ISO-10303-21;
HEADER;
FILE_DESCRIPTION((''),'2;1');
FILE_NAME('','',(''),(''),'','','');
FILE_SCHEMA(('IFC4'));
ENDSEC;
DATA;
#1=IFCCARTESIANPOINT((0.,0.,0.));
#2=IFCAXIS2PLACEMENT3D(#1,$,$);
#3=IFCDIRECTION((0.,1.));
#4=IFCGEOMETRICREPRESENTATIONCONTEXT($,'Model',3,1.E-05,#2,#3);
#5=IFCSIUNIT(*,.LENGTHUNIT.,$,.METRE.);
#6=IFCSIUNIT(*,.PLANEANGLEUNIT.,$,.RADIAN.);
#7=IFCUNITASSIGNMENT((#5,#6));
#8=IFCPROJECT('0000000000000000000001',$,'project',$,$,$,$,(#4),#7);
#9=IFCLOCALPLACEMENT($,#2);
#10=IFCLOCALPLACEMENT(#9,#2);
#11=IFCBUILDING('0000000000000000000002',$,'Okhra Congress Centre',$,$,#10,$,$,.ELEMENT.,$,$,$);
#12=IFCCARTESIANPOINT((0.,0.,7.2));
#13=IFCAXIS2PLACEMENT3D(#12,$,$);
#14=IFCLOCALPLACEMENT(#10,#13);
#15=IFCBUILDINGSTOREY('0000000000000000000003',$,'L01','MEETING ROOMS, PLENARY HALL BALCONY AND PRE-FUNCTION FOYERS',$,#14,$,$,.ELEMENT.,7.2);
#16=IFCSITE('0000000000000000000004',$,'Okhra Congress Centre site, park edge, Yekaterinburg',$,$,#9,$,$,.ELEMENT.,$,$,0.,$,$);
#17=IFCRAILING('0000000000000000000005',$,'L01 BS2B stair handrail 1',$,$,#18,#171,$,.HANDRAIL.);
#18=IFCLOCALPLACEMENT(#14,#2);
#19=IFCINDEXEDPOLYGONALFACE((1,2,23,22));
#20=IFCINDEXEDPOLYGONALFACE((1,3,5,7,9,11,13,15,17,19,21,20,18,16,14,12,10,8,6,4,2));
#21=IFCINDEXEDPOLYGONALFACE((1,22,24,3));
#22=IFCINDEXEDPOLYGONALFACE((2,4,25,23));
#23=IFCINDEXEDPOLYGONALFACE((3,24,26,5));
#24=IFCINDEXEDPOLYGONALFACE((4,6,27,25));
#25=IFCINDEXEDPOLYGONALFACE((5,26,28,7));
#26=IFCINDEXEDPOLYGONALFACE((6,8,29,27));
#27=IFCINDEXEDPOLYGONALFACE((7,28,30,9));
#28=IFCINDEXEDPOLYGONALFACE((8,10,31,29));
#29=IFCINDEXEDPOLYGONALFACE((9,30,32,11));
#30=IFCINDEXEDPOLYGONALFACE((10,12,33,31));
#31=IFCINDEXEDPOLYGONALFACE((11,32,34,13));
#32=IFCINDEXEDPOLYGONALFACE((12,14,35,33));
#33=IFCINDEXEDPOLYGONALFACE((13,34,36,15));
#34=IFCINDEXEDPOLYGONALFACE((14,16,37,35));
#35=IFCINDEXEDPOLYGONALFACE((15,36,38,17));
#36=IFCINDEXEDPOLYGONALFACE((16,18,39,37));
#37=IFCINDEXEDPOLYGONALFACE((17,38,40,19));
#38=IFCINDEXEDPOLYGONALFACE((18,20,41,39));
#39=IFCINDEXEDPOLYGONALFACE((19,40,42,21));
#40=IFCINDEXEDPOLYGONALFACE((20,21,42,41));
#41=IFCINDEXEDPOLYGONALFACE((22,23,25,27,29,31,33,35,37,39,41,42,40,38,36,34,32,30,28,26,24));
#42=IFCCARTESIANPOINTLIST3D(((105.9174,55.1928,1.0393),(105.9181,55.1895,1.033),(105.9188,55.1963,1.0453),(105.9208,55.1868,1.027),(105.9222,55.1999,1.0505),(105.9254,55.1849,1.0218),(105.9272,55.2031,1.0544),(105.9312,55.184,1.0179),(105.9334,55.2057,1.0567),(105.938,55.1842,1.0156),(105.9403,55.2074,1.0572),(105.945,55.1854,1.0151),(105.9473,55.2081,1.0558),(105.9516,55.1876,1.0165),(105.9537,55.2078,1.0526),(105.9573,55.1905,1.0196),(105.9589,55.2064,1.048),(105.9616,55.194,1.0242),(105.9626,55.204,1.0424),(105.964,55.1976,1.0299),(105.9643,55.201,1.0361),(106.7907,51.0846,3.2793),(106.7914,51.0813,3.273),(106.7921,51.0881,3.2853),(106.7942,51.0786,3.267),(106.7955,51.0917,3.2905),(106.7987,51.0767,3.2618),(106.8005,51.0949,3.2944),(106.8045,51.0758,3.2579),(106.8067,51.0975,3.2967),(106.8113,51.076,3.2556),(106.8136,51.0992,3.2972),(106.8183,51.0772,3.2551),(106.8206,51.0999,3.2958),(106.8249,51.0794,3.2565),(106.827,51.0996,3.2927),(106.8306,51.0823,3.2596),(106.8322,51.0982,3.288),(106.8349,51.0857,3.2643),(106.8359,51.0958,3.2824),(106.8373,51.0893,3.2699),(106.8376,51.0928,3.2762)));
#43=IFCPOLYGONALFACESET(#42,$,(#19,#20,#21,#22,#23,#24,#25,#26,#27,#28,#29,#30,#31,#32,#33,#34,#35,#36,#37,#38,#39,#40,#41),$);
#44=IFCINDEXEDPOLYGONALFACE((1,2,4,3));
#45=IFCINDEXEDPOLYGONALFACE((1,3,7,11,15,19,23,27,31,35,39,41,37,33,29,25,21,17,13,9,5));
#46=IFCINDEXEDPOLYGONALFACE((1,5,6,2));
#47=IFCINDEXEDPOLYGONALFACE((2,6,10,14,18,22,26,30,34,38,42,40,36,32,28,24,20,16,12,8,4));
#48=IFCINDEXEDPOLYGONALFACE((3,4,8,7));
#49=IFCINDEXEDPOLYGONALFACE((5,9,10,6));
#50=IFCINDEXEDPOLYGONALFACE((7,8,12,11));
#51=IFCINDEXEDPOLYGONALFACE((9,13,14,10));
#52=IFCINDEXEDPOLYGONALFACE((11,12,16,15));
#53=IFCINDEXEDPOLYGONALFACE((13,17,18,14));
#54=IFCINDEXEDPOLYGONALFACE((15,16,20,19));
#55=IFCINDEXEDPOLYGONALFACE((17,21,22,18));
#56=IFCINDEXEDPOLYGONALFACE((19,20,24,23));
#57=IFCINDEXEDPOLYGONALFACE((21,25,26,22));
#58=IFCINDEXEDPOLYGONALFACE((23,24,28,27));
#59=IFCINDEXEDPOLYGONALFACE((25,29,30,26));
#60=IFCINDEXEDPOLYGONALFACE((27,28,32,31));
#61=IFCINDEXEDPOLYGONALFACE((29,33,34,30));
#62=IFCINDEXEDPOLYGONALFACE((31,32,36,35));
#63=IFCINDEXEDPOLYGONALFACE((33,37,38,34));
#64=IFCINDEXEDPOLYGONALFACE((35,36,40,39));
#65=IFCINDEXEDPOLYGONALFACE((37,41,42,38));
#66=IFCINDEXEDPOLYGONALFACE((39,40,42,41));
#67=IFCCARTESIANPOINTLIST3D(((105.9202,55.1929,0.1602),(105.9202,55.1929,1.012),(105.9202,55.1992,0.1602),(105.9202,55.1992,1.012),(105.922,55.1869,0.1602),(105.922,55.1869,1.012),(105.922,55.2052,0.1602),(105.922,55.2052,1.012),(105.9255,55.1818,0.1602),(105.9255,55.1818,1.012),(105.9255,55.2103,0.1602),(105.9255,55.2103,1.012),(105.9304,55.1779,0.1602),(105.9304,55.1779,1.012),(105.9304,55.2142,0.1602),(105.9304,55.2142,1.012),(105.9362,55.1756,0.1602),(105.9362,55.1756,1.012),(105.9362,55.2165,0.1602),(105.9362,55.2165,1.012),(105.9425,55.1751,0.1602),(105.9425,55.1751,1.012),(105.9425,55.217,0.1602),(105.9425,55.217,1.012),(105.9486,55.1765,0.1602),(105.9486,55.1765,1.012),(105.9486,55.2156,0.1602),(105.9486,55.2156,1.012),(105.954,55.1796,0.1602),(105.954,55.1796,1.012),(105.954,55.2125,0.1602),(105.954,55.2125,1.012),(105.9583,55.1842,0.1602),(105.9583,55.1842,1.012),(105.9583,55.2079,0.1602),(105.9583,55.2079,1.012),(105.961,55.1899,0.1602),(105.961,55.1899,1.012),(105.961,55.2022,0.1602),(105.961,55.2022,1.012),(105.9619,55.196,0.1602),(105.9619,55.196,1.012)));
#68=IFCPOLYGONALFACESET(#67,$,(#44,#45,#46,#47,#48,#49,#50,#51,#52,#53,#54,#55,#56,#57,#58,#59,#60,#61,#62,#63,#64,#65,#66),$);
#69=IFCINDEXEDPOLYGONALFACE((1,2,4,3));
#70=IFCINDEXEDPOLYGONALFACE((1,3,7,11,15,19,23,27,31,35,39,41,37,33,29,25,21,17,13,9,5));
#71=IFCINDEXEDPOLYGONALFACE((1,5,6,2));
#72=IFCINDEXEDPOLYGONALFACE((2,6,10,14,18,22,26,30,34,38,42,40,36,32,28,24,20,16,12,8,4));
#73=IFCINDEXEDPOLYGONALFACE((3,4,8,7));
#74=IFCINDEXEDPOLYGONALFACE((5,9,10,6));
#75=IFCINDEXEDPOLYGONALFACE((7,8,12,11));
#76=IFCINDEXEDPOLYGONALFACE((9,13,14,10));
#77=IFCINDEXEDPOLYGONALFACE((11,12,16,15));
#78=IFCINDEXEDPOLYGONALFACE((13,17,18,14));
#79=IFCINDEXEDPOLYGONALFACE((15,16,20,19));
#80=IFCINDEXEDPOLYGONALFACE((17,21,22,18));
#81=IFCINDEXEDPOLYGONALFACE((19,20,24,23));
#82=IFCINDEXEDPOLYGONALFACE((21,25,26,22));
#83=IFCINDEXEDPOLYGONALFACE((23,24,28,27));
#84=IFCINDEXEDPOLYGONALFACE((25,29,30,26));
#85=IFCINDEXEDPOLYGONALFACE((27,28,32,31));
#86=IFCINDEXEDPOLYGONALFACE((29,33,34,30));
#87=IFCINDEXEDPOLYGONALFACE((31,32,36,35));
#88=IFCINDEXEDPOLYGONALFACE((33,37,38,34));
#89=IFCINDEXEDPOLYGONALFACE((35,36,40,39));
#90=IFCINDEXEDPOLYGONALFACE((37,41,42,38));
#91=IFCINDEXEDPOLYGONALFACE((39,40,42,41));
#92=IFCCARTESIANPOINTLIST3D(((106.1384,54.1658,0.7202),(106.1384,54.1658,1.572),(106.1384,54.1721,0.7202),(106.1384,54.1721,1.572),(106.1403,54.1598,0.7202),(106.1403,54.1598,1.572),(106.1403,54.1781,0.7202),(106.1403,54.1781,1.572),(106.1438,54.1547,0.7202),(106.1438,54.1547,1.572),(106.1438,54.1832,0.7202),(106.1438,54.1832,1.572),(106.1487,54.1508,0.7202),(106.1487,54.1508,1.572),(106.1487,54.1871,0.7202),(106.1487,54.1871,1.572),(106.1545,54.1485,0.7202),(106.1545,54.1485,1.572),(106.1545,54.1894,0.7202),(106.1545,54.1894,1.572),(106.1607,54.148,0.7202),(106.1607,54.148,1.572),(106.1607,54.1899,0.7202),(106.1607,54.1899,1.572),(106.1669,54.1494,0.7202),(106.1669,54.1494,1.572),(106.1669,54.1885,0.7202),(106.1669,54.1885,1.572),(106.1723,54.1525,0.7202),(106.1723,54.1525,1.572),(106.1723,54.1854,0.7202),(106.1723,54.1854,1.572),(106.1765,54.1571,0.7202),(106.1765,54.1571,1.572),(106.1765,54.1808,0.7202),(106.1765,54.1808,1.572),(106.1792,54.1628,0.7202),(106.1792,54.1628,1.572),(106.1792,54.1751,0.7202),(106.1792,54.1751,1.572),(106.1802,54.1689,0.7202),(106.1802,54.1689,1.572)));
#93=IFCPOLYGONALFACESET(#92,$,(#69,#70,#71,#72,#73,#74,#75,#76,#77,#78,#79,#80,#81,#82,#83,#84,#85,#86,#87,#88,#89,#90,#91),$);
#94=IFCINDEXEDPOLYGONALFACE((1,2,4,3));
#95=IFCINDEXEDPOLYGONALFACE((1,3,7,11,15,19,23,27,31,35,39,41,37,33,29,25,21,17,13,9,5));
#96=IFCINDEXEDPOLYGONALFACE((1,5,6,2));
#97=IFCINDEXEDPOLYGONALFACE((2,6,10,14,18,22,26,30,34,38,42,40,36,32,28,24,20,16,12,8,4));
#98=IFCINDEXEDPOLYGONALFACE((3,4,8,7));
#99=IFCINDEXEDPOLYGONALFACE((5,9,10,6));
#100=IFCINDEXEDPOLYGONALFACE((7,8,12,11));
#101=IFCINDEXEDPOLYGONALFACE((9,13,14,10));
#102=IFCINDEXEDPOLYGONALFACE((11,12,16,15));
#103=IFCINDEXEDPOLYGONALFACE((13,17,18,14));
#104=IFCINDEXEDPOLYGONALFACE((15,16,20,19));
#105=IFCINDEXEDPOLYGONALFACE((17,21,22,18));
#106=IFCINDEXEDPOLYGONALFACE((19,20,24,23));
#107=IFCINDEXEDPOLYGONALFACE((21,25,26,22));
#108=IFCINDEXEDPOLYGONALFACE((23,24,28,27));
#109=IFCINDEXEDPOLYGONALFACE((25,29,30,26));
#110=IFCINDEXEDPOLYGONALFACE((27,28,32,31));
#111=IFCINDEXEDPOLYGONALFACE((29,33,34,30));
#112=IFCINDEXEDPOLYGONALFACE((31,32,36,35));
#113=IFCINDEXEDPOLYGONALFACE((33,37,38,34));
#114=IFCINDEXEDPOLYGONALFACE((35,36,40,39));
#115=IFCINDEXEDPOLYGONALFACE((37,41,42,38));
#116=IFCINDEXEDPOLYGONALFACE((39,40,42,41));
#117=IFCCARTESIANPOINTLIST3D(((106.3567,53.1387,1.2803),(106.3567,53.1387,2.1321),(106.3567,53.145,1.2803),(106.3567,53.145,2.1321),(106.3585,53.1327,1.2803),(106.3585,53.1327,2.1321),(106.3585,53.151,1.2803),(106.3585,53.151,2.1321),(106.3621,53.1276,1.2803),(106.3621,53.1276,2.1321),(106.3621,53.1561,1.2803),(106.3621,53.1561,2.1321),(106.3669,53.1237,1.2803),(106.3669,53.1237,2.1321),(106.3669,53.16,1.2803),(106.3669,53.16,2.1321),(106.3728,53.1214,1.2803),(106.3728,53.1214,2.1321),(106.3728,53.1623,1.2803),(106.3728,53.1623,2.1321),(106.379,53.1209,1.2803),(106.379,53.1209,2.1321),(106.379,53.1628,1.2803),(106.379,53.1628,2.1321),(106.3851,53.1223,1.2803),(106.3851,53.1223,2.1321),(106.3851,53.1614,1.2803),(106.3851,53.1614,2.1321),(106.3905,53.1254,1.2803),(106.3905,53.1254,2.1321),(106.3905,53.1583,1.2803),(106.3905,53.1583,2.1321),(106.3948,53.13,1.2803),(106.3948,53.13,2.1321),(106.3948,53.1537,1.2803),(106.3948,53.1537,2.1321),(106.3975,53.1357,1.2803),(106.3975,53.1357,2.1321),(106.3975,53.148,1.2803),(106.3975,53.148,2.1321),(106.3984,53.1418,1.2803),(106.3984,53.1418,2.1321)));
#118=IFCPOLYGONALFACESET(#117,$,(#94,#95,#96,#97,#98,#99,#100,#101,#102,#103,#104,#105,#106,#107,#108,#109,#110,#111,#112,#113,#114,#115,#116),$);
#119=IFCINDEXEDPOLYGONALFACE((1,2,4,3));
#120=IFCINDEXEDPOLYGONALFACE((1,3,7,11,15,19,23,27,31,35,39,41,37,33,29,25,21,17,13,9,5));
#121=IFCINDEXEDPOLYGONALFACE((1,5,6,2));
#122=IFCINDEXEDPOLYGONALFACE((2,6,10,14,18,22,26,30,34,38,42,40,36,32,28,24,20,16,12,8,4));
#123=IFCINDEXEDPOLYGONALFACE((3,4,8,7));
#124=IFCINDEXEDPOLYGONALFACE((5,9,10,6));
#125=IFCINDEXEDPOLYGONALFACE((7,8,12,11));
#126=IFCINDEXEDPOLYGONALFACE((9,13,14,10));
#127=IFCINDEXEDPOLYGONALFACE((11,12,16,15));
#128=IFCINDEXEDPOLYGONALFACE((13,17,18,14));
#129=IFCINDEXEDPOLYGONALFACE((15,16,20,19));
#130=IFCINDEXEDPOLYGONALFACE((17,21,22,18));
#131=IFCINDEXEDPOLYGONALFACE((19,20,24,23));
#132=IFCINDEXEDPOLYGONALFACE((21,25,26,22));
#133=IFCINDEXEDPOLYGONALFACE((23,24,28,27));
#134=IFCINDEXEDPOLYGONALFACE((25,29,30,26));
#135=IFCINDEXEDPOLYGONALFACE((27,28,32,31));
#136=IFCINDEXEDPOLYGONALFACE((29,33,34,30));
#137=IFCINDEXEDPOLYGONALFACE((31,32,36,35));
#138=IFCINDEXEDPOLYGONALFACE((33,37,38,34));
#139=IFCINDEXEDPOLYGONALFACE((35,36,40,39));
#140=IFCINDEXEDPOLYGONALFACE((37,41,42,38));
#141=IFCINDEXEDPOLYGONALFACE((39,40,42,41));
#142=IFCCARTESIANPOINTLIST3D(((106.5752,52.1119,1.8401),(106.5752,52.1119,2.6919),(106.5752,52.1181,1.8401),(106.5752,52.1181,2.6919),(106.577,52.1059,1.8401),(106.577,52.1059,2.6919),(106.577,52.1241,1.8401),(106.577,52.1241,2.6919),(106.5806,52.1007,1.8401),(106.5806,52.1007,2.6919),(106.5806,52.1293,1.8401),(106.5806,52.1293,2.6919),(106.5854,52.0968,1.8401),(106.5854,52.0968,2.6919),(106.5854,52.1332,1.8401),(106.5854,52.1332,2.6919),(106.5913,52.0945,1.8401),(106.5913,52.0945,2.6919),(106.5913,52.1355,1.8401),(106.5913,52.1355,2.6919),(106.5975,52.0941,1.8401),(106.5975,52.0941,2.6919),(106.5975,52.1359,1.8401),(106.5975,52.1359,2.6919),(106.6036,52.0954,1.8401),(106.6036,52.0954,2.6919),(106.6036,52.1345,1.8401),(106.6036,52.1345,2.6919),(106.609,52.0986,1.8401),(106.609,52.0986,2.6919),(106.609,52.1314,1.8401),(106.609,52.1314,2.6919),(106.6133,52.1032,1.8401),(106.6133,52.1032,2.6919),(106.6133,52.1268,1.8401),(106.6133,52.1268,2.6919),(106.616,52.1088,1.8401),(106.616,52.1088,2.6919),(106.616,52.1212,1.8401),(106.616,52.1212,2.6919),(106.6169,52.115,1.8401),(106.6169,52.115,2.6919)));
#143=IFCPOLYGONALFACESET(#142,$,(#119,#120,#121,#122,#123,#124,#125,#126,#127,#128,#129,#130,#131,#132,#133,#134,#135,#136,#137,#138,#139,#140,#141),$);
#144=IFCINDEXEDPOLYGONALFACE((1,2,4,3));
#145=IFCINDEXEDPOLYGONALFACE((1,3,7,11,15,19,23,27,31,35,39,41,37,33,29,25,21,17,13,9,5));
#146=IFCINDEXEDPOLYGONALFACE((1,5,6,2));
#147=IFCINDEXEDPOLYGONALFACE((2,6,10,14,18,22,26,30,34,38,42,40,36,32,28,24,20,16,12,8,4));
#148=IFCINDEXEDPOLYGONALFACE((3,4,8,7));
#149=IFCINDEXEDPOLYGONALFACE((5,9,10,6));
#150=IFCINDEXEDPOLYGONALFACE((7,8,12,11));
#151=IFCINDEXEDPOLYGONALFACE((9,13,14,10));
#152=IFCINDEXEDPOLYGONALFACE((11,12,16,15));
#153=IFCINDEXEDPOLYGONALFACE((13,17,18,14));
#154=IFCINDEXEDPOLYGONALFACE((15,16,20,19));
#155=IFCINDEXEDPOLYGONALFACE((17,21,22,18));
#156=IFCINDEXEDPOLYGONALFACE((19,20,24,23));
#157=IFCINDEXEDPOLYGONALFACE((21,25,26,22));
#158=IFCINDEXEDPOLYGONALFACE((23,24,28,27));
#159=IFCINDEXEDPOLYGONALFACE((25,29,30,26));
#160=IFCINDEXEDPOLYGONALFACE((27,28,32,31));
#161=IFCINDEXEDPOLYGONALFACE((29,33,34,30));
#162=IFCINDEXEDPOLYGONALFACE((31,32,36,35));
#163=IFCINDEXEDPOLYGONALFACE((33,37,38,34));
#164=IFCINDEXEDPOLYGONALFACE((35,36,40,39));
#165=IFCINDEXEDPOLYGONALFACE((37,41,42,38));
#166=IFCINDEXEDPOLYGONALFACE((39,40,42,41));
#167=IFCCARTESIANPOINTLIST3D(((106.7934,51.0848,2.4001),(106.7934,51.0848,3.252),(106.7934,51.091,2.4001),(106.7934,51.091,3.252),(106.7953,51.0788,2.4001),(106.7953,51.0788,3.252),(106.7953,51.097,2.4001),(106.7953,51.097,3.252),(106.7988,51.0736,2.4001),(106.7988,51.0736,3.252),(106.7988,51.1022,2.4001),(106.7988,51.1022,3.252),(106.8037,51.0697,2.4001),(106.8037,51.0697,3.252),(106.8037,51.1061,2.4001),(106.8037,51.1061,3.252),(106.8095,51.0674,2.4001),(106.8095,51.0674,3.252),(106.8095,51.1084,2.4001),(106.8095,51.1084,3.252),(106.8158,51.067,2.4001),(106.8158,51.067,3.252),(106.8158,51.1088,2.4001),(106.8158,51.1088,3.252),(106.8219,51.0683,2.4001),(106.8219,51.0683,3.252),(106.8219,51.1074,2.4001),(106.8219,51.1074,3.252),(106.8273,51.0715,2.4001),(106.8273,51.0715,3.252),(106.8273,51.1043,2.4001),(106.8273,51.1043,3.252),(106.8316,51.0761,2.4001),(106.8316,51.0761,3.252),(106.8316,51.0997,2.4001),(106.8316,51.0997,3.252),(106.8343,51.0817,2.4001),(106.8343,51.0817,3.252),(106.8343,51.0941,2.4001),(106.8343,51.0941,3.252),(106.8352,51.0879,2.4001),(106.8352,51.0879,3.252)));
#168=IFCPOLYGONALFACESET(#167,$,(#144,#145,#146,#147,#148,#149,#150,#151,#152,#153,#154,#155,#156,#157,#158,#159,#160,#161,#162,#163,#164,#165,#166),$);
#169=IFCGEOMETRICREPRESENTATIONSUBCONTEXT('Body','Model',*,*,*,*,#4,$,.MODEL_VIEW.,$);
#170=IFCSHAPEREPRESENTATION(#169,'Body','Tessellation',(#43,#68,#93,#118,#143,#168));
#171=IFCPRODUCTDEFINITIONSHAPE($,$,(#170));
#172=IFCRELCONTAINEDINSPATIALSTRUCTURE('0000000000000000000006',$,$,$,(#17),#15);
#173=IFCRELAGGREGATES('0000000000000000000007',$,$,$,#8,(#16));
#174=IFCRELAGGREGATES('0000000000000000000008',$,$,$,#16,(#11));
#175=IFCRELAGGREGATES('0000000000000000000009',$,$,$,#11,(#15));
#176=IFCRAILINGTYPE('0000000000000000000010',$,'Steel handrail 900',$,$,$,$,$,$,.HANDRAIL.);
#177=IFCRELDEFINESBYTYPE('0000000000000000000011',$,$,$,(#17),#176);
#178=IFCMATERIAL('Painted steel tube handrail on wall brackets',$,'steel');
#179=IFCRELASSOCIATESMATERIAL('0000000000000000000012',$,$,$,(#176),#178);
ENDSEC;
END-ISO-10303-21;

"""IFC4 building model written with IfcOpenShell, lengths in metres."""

from ifc_helpers import new_model, si_unit, direction, frame, origin, origin_2d, place, context, subcontext, project, spatial, circle, extrude, material, type_object, element, save


model = new_model("IFC4")

# Units and contexts
model_context = context("Model", 3, precision=1e-05, world=origin(), true_north=direction((0.0, 1.0)))
body_context = subcontext(model_context, "Body", "Model", "MODEL_VIEW")
ifc_project = project(units=[si_unit("LENGTHUNIT", "METRE"), si_unit("PLANEANGLEUNIT", "RADIAN")], contexts=[model_context])

# Site, building, storey
site_placement = place(None, origin())
site = spatial("IfcSite", under=ifc_project, at=site_placement, Name="Okhra Congress Centre site, park edge, Yekaterinburg", CompositionType="ELEMENT", RefElevation=0.0)
building_placement = place(site_placement, origin())
building = spatial("IfcBuilding", under=site, at=building_placement, Name="Okhra Congress Centre", CompositionType="ELEMENT")
storey_placement = place(building_placement, frame((0.0, 0.0, 7.2)))
storey = spatial("IfcBuildingStorey", under=building, at=storey_placement, Name="L01", Description="MEETING ROOMS, PLENARY HALL BALCONY AND PRE-FUNCTION FOYERS", CompositionType="ELEMENT", Elevation=7.2)

# Railing
ifc_material_1 = material(Name="Painted steel tube handrail on wall brackets", Category="steel")
railing_type_1 = type_object("IfcRailingType", Name="Steel handrail 900", PredefinedType="HANDRAIL", material=ifc_material_1)
railing_1_placement = place(storey_placement, frame((105.9409, 55.196, 0.1602)))
element("IfcRailing", 1, at=railing_1_placement, inside=storey, type_object=railing_type_1, Name="L01 BS2B stair handrail 1", PredefinedType="HANDRAIL", context=body_context, shape_type="SweptSolid", body=[
    extrude(circle(Radius=0.0239, at=origin_2d()), frame((0.0, 0.0, 0.876), z_axis=(0.183466, -0.863067, 0.470591), x_axis=(0.978144, 0.207929, 0.0)), (0.0, 0.0, 1.0), 4.76),
    extrude(circle(Radius=0.021, at=origin_2d()), origin(), (0.0, 0.0, 1.0), 0.8518),
    extrude(circle(Radius=0.021, at=origin_2d()), frame((0.2183, -1.0271, 0.5601)), (0.0, 0.0, 1.0), 0.8518),
    extrude(circle(Radius=0.021, at=origin_2d()), frame((0.4365, -2.0542, 1.1201)), (0.0, 0.0, 1.0), 0.8518),
    extrude(circle(Radius=0.021, at=origin_2d()), frame((0.655, -3.0811, 1.6799)), (0.0, 0.0, 1.0), 0.8518),
    extrude(circle(Radius=0.021, at=origin_2d()), frame((0.8733, -4.1082, 2.24)), (0.0, 0.0, 1.0), 0.8518),
])

save(model, "model.ifc")
